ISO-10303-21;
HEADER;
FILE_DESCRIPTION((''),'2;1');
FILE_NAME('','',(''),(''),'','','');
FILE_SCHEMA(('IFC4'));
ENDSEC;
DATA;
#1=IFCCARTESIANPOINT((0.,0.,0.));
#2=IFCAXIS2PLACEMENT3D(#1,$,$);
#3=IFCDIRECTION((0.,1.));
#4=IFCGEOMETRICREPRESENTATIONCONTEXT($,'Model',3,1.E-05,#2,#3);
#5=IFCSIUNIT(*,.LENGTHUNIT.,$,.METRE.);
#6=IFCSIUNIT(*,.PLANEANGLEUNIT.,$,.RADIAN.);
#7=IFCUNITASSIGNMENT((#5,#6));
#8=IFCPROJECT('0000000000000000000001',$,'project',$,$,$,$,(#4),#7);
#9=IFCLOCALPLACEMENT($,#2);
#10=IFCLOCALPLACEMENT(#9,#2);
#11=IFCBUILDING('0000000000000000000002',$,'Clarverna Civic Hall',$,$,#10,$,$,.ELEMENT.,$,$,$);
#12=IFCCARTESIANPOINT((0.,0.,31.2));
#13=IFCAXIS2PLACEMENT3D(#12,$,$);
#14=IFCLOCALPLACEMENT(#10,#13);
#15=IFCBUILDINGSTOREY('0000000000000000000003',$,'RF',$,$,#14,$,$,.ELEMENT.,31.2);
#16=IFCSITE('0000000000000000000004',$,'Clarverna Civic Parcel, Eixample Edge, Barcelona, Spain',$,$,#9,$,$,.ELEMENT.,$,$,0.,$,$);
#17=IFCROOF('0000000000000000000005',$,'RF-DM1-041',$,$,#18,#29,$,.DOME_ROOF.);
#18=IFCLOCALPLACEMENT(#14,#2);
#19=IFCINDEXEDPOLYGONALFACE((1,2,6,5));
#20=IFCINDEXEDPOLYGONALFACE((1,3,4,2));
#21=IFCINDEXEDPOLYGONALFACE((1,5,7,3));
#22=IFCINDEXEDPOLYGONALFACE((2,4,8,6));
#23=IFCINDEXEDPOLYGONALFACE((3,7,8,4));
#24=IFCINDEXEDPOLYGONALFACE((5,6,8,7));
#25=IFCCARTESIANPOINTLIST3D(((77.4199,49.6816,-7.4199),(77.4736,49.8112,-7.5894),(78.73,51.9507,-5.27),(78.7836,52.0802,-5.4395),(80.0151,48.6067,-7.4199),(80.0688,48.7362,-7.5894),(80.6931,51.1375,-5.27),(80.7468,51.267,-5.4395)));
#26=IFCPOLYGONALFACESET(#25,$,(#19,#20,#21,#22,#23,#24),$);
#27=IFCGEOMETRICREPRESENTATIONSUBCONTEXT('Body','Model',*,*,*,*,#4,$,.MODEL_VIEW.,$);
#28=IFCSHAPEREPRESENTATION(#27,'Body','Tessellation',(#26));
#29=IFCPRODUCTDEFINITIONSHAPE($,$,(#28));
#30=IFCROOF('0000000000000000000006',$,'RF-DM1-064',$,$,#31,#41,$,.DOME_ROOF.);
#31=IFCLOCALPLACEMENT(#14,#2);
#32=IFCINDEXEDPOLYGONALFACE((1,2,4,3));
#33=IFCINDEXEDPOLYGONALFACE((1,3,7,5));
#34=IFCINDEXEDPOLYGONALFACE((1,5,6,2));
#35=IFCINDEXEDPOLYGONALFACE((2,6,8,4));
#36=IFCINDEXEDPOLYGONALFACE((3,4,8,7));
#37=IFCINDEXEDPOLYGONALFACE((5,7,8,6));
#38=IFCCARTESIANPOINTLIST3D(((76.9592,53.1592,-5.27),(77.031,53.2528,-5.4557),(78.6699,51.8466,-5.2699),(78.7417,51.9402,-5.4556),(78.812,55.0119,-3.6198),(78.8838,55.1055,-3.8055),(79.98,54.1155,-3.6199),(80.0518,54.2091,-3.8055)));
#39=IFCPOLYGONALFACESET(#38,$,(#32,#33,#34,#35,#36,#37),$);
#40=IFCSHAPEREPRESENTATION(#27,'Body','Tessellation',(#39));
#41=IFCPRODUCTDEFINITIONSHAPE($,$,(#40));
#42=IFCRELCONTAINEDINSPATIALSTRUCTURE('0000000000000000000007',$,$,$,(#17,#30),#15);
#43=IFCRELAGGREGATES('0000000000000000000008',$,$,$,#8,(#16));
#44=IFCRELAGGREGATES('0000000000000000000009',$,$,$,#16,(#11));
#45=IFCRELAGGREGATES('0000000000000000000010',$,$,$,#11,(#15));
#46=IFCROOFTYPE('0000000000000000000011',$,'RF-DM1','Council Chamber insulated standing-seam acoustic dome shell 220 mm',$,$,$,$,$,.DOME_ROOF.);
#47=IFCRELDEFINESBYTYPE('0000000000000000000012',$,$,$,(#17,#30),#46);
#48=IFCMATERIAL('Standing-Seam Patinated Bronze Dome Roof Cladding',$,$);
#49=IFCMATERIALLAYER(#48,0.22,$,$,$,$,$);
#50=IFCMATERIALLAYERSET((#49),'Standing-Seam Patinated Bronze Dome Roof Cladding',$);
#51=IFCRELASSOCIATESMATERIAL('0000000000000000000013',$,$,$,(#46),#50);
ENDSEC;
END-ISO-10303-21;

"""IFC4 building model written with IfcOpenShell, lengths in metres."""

from ifc_helpers import new_model, si_unit, direction, frame, origin, place, context, subcontext, project, spatial, polyline, outline, extrude, material, layer, layer_set, type_object, element, save


model = new_model("IFC4")

# Units and contexts
model_context = context("Model", 3, precision=1e-05, world=origin(), true_north=direction((0.0, 1.0)))
body_context = subcontext(model_context, "Body", "Model", "MODEL_VIEW")
ifc_project = project(units=[si_unit("LENGTHUNIT", "METRE"), si_unit("PLANEANGLEUNIT", "RADIAN")], contexts=[model_context])

# Site, building, storey
site_placement = place(None, origin())
site = spatial("IfcSite", under=ifc_project, at=site_placement, Name="Clarverna Civic Parcel, Eixample Edge, Barcelona, Spain", CompositionType="ELEMENT", RefElevation=0.0)
building_placement = place(site_placement, origin())
building = spatial("IfcBuilding", under=site, at=building_placement, Name="Clarverna Civic Hall", CompositionType="ELEMENT")
storey_placement = place(building_placement, frame((0.0, 0.0, 31.2)))
storey = spatial("IfcBuildingStorey", under=building, at=storey_placement, Name="RF", CompositionType="ELEMENT", Elevation=31.2)

# Roofs
ifc_material_1 = material(Name="Standing-Seam Patinated Bronze Dome Roof Cladding")
ifc_layer_1 = layer(ifc_material_1, 0.22)
ifc_layer_set_1 = layer_set([ifc_layer_1], Name="Standing-Seam Patinated Bronze Dome Roof Cladding")
roof_type = type_object("IfcRoofType", Name="RF-DM1", Description="Council Chamber insulated standing-seam acoustic dome shell 220 mm", PredefinedType="DOME_ROOF", material=ifc_layer_set_1)
roof_1_placement = place(storey_placement, frame((77.4199, 49.6816, -7.4199), z_axis=(-0.244003, -0.589058, 0.770372), x_axis=(0.92388, -0.382683, 0.000008)))
element("IfcRoof", 1, at=roof_1_placement, inside=storey, type_object=roof_type, Name="RF-DM1-041", PredefinedType="DOME_ROOF", context=body_context, shape_type="SweptSolid", body=[
    extrude(outline(polyline([(0.0, 0.0), (2.809, 0.0), (2.4669, 3.3719), (0.342, 3.3719), (0.0, 0.0)])), origin(), (0.0, 0.0, -1.0), 0.22),
])
roof_2_placement = place(storey_placement, frame((76.9592, 53.1592, -5.27), z_axis=(-0.326431, -0.425392, 0.844088), x_axis=(0.793375, -0.608733, 0.000038)))
element("IfcRoof", 2, at=roof_2_placement, inside=storey, type_object=roof_type, Name="RF-DM1-064", PredefinedType="DOME_ROOF", context=body_context, shape_type="SweptSolid", body=[
    extrude(outline(polyline([(0.0, 0.0), (2.1562, 0.0), (1.8145, 3.0773), (0.3422, 3.0776), (0.0, 0.0)])), origin(), (0.0, 0.0, -1.0), 0.22),
])

save(model, "model.ifc")
